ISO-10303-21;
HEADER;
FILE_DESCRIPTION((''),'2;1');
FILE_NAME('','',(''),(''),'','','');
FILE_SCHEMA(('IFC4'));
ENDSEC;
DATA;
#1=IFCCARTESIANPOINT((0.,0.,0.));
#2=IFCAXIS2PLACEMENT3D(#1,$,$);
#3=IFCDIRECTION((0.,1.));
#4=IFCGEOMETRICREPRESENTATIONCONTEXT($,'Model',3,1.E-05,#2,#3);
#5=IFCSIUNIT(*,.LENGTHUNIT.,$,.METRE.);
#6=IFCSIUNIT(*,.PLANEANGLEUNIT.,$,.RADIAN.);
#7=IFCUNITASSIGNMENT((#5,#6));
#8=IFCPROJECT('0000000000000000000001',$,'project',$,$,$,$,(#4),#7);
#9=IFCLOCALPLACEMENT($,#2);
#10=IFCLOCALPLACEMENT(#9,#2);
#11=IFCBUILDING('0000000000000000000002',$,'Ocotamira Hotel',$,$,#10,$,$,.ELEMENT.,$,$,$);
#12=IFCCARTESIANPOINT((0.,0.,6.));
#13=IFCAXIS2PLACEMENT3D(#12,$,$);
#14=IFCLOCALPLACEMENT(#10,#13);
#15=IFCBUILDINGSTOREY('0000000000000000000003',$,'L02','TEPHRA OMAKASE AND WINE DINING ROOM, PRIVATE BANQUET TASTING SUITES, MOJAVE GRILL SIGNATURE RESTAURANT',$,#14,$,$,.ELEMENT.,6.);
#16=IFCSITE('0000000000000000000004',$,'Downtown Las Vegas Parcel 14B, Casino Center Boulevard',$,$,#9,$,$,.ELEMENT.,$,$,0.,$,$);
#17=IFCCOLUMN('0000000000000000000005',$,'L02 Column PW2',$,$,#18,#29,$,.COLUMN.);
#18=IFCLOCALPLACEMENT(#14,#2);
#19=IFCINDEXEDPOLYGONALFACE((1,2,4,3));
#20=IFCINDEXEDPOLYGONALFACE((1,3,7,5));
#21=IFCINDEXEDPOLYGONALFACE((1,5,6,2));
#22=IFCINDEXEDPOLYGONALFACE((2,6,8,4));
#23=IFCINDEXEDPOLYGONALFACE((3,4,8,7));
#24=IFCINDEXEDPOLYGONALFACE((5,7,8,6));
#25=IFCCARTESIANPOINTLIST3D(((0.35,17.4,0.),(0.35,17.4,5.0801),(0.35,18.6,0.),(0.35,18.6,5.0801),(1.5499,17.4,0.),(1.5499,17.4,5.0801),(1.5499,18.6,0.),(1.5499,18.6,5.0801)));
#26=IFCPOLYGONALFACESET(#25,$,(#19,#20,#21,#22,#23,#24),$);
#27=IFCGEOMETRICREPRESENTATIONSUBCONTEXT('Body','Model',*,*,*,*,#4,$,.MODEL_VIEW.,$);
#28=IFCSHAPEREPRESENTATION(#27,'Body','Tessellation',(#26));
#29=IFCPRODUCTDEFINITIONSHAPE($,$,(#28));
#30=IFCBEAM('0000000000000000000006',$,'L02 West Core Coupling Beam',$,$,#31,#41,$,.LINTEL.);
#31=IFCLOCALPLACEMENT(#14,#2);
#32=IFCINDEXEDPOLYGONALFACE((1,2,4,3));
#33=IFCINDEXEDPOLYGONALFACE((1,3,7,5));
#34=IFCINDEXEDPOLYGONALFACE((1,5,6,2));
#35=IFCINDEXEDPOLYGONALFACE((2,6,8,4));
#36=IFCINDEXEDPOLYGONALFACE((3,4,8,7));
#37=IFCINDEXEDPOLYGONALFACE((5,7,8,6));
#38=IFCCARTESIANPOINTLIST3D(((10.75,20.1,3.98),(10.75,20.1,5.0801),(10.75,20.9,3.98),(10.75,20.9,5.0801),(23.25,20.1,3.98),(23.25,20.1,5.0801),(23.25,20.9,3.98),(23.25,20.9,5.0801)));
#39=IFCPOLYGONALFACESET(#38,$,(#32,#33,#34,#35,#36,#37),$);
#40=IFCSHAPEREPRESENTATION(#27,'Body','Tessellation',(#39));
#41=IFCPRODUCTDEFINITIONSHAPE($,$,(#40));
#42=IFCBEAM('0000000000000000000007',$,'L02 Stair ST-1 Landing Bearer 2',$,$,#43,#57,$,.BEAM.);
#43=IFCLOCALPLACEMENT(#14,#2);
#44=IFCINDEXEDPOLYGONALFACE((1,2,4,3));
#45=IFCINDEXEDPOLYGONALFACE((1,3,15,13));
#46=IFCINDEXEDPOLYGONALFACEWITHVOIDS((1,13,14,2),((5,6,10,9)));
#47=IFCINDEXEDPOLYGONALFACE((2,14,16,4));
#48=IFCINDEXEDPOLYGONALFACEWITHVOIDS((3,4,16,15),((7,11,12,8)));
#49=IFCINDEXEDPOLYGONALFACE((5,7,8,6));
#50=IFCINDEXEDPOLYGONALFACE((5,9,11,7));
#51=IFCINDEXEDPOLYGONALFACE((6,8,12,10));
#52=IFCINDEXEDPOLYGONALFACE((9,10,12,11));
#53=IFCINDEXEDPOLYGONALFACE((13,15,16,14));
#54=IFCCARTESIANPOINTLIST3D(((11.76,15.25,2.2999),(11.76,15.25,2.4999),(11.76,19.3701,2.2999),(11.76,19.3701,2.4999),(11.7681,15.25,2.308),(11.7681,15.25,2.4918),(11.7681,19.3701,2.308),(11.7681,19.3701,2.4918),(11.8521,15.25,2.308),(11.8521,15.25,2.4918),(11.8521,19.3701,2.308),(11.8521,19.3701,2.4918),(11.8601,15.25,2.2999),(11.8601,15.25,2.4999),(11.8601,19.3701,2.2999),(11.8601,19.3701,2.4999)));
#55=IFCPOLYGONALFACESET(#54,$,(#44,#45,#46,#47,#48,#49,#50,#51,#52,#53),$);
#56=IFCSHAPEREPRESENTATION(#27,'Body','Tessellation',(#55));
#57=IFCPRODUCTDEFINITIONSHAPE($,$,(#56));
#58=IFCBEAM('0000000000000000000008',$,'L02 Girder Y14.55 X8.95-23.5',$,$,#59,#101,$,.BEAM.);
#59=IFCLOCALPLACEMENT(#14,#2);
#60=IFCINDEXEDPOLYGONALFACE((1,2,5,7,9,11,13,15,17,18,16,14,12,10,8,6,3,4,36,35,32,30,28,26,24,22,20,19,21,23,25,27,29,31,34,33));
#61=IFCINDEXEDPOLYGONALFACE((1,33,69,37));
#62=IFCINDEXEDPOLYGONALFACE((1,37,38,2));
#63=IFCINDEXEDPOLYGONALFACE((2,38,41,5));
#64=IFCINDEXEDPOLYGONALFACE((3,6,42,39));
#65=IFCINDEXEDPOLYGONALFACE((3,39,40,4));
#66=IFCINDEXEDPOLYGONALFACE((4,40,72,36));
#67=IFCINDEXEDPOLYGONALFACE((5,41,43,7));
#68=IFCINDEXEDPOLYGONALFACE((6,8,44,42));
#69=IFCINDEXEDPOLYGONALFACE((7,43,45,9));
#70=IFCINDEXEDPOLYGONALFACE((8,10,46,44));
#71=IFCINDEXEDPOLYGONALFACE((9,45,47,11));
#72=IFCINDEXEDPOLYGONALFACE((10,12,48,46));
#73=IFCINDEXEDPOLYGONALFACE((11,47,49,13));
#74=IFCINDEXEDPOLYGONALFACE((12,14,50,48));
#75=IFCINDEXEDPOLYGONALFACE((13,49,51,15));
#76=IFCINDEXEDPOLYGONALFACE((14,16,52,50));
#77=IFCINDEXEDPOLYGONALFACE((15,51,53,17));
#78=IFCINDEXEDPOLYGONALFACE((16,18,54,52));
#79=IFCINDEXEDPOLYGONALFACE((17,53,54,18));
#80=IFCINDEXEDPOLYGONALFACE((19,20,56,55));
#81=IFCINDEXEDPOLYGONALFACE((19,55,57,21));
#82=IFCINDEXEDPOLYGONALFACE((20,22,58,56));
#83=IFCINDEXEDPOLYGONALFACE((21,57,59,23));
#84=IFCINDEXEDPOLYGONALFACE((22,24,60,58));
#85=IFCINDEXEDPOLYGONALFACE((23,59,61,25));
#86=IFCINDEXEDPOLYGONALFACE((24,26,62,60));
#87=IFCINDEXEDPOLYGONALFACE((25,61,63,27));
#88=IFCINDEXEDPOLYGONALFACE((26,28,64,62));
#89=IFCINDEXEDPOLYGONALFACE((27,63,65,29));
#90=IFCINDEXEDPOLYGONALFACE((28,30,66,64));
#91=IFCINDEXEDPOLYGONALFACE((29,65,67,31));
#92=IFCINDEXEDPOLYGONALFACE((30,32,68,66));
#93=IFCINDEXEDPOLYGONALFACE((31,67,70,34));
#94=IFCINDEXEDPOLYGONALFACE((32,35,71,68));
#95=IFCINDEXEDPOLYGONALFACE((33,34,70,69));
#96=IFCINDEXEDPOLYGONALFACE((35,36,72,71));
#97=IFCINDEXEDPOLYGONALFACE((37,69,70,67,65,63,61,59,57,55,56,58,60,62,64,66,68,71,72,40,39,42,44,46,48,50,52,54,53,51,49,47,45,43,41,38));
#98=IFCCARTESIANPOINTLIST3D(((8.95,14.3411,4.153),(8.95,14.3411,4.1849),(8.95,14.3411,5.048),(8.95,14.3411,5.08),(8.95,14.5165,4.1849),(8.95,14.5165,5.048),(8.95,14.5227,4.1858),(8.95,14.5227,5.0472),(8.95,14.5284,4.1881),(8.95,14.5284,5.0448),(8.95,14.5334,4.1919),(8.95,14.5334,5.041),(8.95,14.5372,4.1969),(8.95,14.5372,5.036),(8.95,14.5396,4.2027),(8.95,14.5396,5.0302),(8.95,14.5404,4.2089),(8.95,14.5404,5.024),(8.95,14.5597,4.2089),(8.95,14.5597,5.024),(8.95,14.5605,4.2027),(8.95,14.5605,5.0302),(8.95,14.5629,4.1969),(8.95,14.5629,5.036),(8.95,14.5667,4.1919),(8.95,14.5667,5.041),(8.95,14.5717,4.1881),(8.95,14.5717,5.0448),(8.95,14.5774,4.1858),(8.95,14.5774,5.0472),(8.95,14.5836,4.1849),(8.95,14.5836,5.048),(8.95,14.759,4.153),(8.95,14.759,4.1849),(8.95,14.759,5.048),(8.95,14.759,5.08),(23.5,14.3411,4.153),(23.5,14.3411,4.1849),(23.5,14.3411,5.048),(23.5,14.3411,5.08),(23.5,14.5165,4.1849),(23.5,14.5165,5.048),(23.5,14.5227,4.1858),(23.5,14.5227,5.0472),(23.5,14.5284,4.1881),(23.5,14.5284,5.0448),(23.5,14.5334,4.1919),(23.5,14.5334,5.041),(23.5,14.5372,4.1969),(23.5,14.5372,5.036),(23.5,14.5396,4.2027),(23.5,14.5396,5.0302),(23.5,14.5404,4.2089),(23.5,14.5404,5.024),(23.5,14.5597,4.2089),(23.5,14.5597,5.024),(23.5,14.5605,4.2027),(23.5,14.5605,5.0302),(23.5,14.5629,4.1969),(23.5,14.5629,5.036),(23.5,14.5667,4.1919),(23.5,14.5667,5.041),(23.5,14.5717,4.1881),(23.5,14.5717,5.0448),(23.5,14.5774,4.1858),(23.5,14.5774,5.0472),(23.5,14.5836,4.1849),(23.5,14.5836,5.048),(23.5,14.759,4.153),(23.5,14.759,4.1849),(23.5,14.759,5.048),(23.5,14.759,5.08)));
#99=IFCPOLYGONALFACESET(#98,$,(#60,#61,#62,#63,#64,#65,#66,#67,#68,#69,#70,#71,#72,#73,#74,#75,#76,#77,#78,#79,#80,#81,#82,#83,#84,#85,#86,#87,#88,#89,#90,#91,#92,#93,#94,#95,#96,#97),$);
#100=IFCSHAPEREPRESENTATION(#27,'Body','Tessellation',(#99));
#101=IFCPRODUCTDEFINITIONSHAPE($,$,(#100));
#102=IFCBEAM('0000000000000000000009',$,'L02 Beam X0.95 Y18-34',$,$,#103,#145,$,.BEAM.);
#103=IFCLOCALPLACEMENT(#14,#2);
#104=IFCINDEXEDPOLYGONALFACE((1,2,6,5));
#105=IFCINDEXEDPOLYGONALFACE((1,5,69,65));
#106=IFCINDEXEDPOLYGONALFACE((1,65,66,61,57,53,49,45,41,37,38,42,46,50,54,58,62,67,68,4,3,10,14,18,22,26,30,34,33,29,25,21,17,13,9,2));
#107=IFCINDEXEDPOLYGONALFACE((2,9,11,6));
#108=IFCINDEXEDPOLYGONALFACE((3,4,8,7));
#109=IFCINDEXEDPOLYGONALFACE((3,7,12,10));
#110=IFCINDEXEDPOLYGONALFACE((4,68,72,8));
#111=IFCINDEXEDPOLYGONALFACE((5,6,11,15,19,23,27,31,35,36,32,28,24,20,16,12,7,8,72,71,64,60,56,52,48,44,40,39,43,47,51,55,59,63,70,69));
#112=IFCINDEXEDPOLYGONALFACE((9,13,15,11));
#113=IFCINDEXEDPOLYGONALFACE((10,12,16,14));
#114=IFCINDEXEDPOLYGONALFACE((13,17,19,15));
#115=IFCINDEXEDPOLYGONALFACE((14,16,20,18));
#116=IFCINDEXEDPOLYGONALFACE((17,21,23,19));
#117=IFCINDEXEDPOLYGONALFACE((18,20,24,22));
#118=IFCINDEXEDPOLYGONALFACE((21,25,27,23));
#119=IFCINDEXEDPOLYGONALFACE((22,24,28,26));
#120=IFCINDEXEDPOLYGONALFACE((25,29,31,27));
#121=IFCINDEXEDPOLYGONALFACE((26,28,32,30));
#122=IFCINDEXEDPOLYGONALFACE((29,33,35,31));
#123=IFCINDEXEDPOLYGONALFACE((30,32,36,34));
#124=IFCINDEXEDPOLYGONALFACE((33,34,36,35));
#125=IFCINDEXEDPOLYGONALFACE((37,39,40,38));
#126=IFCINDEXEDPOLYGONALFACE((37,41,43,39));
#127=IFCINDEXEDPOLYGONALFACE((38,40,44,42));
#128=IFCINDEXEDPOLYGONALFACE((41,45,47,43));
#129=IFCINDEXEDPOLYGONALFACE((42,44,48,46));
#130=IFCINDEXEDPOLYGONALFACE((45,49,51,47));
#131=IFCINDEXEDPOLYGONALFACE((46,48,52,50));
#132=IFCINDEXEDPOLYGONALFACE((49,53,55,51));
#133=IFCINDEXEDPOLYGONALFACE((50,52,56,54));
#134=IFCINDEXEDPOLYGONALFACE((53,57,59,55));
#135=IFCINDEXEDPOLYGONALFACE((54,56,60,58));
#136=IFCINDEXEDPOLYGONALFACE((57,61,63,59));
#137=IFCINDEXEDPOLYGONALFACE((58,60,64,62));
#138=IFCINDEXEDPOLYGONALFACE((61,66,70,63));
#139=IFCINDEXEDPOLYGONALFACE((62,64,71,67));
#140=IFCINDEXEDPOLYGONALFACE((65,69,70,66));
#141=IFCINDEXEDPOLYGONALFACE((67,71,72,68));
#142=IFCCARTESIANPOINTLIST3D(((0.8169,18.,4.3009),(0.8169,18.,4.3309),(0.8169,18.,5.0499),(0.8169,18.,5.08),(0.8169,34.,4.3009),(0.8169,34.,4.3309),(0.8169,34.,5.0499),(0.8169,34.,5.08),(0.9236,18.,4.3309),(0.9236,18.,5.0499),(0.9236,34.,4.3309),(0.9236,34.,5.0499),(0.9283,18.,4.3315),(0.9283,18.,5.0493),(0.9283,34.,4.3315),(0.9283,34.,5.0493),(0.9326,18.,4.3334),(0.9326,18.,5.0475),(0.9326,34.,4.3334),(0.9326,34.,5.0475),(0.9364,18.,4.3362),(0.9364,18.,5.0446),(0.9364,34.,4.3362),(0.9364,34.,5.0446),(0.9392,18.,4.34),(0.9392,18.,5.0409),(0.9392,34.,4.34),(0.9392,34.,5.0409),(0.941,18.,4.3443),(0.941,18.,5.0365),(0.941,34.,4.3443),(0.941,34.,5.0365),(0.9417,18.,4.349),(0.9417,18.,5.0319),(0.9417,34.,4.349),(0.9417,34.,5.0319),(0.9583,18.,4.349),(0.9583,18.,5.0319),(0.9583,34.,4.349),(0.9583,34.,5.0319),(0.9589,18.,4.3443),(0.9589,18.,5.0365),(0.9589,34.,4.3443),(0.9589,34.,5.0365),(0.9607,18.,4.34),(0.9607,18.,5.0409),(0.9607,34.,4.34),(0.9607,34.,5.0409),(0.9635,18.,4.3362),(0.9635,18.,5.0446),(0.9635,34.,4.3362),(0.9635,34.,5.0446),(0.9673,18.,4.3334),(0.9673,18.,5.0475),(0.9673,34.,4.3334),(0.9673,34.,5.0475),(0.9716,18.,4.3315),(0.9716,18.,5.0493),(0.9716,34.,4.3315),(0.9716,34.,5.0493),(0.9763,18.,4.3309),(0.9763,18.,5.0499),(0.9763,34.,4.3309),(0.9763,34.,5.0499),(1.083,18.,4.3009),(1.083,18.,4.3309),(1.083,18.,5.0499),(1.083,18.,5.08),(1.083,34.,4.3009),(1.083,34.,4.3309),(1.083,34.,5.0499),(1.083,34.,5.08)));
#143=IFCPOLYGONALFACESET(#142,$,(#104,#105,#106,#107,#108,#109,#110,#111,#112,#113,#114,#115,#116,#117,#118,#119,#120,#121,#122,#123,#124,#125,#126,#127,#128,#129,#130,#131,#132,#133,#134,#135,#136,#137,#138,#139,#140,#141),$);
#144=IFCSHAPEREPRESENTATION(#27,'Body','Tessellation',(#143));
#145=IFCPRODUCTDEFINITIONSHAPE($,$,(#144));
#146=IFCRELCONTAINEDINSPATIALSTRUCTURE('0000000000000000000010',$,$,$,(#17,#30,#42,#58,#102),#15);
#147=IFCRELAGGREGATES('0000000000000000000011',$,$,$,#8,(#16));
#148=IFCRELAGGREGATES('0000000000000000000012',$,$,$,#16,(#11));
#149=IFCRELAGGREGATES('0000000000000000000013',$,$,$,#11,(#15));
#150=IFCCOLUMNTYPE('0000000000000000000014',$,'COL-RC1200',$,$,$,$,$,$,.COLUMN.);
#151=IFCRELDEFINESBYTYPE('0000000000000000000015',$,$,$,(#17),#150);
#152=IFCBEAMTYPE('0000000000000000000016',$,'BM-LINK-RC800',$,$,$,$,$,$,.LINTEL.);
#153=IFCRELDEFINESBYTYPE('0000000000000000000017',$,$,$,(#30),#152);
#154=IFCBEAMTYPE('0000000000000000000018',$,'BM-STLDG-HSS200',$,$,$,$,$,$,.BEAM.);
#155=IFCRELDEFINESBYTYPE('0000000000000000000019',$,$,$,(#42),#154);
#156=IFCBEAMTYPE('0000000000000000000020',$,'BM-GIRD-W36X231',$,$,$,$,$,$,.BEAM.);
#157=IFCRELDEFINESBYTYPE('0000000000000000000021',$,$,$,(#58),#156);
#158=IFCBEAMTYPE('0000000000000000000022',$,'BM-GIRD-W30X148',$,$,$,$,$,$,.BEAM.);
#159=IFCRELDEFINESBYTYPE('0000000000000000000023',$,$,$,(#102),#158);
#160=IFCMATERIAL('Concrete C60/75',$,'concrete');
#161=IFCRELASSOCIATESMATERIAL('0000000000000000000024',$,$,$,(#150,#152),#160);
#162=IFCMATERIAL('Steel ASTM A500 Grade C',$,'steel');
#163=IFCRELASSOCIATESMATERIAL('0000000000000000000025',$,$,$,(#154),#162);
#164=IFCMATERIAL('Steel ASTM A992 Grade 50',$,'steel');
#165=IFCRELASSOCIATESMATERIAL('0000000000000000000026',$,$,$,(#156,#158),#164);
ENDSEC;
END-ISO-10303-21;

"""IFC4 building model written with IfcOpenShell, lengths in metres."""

from ifc_helpers import new_model, si_unit, direction, frame, origin, origin_2d, place, context, subcontext, project, spatial, rectangle, hollow_rectangle, i_section, extrude, source, transform, mapped, material, material_profile, profile_set, type_object, element, save


model = new_model("IFC4")

# Units and contexts
model_context = context("Model", 3, precision=1e-05, world=origin(), true_north=direction((0.0, 1.0)))
body_context = subcontext(model_context, "Body", "Model", "MODEL_VIEW")
ifc_project = project(units=[si_unit("LENGTHUNIT", "METRE"), si_unit("PLANEANGLEUNIT", "RADIAN")], contexts=[model_context])

# Site, building, storey
site_placement = place(None, origin())
site = spatial("IfcSite", under=ifc_project, at=site_placement, Name="Downtown Las Vegas Parcel 14B, Casino Center Boulevard", CompositionType="ELEMENT", RefElevation=0.0)
building_placement = place(site_placement, origin())
building = spatial("IfcBuilding", under=site, at=building_placement, Name="Ocotamira Hotel", CompositionType="ELEMENT")
storey_placement = place(building_placement, frame((0.0, 0.0, 6.0)))
storey = spatial("IfcBuildingStorey", under=building, at=storey_placement, Name="L02", Description="TEPHRA OMAKASE AND WINE DINING ROOM, PRIVATE BANQUET TASTING SUITES, MOJAVE GRILL SIGNATURE RESTAURANT", CompositionType="ELEMENT", Elevation=6.0)

# Column
ifc_material_1 = material(Name="Concrete C60/75", Category="concrete")
ifc_material_profile_1 = material_profile(ifc_material_1, rectangle(XDim=1.2, YDim=1.2, at=origin_2d()), Name="RC1200X1200")
ifc_profile_set_1 = profile_set([ifc_material_profile_1], Name="Concrete C60/75")
column_type = type_object("IfcColumnType", Name="COL-RC1200", PredefinedType="COLUMN", material=ifc_profile_set_1)
shared_shape_1 = source(origin(), body_context, "Body", "SweptSolid", [
    extrude(rectangle(XDim=1.2, YDim=1.2, at=origin_2d()), origin(), (0.0, 0.0, 1.0), 5.0801),
])
column_placement = place(storey_placement, frame((0.95, 18.0, 0.0), z_axis=(0.0, 0.0, 1.0), x_axis=(1.0, 0.0, 0.0)))
element("IfcColumn", 1, at=column_placement, inside=storey, type_object=column_type, Name="L02 Column PW2", PredefinedType="COLUMN", context=body_context, shape_type="MappedRepresentation", body=[
    mapped(shared_shape_1, transform((0.0, 0.0, 0.0), scale=1.0)),
])

# Beams
ifc_material_profile_2 = material_profile(ifc_material_1, rectangle(XDim=0.8, YDim=1.1001, at=origin_2d()), Name="RC800X1100")
ifc_profile_set_2 = profile_set([ifc_material_profile_2], Name="Concrete C60/75")
beam_type_1 = type_object("IfcBeamType", Name="BM-LINK-RC800", PredefinedType="LINTEL", material=ifc_profile_set_2)
shared_shape_2 = source(origin(), body_context, "Body", "SweptSolid", [
    extrude(rectangle(XDim=0.8, YDim=1.1001, at=origin_2d()), origin(), (0.0, 0.0, 1.0), 12.5),
])
beam_1_placement = place(storey_placement, frame((10.75, 20.5, 4.53), z_axis=(1.0, 0.0, 0.0), x_axis=(0.0, 1.0, 0.0)))
element("IfcBeam", 2, at=beam_1_placement, inside=storey, type_object=beam_type_1, Name="L02 West Core Coupling Beam", PredefinedType="LINTEL", context=body_context, shape_type="MappedRepresentation", body=[
    mapped(shared_shape_2, transform((0.0, 0.0, 0.0), scale=1.0)),
])
ifc_material_2 = material(Name="Steel ASTM A500 Grade C", Category="steel")
ifc_material_profile_3 = material_profile(ifc_material_2, hollow_rectangle(XDim=0.1001, YDim=0.2, WallThickness=0.0081, at=origin_2d()), Name="HSS200X100X8")
ifc_profile_set_3 = profile_set([ifc_material_profile_3], Name="Steel ASTM A500 Grade C")
beam_type_2 = type_object("IfcBeamType", Name="BM-STLDG-HSS200", PredefinedType="BEAM", material=ifc_profile_set_3)
shared_shape_3 = source(origin(), body_context, "Body", "SweptSolid", [
    extrude(hollow_rectangle(XDim=0.1001, YDim=0.2, WallThickness=0.0081, at=origin_2d()), origin(), (0.0, 0.0, 1.0), 4.1201),
])
beam_2_placement = place(storey_placement, frame((11.8101, 15.25, 2.3999), z_axis=(0.0, 1.0, 0.0), x_axis=(-1.0, 0.0, 0.0)))
element("IfcBeam", 3, at=beam_2_placement, inside=storey, type_object=beam_type_2, Name="L02 Stair ST-1 Landing Bearer 2", PredefinedType="BEAM", context=body_context, shape_type="MappedRepresentation", body=[
    mapped(shared_shape_3, transform((0.0, 0.0, 0.0), scale=1.0)),
])
ifc_material_3 = material(Name="Steel ASTM A992 Grade 50", Category="steel")
ifc_material_profile_4 = material_profile(ifc_material_3, i_section(OverallWidth=0.418, OverallDepth=0.927, WebThickness=0.0193, FlangeThickness=0.032, FilletRadius=0.0239, at=origin_2d()), Name="W36X231")
ifc_profile_set_4 = profile_set([ifc_material_profile_4], Name="Steel ASTM A992 Grade 50")
beam_type_3 = type_object("IfcBeamType", Name="BM-GIRD-W36X231", PredefinedType="BEAM", material=ifc_profile_set_4)
shared_shape_4 = source(origin(), body_context, "Body", "SweptSolid", [
    extrude(i_section(OverallWidth=0.418, OverallDepth=0.927, WebThickness=0.0193, FlangeThickness=0.032, FilletRadius=0.0239, at=origin_2d()), origin(), (0.0, 0.0, 1.0), 14.55),
])
beam_3_placement = place(storey_placement, frame((8.95, 14.55, 4.6165), z_axis=(1.0, 0.0, 0.0), x_axis=(0.0, 1.0, 0.0)))
element("IfcBeam", 4, at=beam_3_placement, inside=storey, type_object=beam_type_3, Name="L02 Girder Y14.55 X8.95-23.5", PredefinedType="BEAM", context=body_context, shape_type="MappedRepresentation", body=[
    mapped(shared_shape_4, transform((0.0, 0.0, 0.0), scale=1.0)),
])
ifc_material_profile_5 = material_profile(ifc_material_3, i_section(OverallWidth=0.2661, OverallDepth=0.7791, WebThickness=0.0166, FlangeThickness=0.03, FilletRadius=0.0181, at=origin_2d()), Name="W30X148")
ifc_profile_set_5 = profile_set([ifc_material_profile_5], Name="Steel ASTM A992 Grade 50")
beam_type_4 = type_object("IfcBeamType", Name="BM-GIRD-W30X148", PredefinedType="BEAM", material=ifc_profile_set_5)
shared_shape_5 = source(origin(), body_context, "Body", "SweptSolid", [
    extrude(i_section(OverallWidth=0.2661, OverallDepth=0.7791, WebThickness=0.0166, FlangeThickness=0.03, FilletRadius=0.0181, at=origin_2d()), origin(), (0.0, 0.0, 1.0), 16.0),
])
beam_4_placement = place(storey_placement, frame((0.95, 18.0, 4.6904), z_axis=(0.0, 1.0, 0.0), x_axis=(-1.0, 0.0, 0.0)))
element("IfcBeam", 5, at=beam_4_placement, inside=storey, type_object=beam_type_4, Name="L02 Beam X0.95 Y18-34", PredefinedType="BEAM", context=body_context, shape_type="MappedRepresentation", body=[
    mapped(shared_shape_5, transform((0.0, 0.0, 0.0), scale=1.0)),
])

save(model, "model.ifc")
